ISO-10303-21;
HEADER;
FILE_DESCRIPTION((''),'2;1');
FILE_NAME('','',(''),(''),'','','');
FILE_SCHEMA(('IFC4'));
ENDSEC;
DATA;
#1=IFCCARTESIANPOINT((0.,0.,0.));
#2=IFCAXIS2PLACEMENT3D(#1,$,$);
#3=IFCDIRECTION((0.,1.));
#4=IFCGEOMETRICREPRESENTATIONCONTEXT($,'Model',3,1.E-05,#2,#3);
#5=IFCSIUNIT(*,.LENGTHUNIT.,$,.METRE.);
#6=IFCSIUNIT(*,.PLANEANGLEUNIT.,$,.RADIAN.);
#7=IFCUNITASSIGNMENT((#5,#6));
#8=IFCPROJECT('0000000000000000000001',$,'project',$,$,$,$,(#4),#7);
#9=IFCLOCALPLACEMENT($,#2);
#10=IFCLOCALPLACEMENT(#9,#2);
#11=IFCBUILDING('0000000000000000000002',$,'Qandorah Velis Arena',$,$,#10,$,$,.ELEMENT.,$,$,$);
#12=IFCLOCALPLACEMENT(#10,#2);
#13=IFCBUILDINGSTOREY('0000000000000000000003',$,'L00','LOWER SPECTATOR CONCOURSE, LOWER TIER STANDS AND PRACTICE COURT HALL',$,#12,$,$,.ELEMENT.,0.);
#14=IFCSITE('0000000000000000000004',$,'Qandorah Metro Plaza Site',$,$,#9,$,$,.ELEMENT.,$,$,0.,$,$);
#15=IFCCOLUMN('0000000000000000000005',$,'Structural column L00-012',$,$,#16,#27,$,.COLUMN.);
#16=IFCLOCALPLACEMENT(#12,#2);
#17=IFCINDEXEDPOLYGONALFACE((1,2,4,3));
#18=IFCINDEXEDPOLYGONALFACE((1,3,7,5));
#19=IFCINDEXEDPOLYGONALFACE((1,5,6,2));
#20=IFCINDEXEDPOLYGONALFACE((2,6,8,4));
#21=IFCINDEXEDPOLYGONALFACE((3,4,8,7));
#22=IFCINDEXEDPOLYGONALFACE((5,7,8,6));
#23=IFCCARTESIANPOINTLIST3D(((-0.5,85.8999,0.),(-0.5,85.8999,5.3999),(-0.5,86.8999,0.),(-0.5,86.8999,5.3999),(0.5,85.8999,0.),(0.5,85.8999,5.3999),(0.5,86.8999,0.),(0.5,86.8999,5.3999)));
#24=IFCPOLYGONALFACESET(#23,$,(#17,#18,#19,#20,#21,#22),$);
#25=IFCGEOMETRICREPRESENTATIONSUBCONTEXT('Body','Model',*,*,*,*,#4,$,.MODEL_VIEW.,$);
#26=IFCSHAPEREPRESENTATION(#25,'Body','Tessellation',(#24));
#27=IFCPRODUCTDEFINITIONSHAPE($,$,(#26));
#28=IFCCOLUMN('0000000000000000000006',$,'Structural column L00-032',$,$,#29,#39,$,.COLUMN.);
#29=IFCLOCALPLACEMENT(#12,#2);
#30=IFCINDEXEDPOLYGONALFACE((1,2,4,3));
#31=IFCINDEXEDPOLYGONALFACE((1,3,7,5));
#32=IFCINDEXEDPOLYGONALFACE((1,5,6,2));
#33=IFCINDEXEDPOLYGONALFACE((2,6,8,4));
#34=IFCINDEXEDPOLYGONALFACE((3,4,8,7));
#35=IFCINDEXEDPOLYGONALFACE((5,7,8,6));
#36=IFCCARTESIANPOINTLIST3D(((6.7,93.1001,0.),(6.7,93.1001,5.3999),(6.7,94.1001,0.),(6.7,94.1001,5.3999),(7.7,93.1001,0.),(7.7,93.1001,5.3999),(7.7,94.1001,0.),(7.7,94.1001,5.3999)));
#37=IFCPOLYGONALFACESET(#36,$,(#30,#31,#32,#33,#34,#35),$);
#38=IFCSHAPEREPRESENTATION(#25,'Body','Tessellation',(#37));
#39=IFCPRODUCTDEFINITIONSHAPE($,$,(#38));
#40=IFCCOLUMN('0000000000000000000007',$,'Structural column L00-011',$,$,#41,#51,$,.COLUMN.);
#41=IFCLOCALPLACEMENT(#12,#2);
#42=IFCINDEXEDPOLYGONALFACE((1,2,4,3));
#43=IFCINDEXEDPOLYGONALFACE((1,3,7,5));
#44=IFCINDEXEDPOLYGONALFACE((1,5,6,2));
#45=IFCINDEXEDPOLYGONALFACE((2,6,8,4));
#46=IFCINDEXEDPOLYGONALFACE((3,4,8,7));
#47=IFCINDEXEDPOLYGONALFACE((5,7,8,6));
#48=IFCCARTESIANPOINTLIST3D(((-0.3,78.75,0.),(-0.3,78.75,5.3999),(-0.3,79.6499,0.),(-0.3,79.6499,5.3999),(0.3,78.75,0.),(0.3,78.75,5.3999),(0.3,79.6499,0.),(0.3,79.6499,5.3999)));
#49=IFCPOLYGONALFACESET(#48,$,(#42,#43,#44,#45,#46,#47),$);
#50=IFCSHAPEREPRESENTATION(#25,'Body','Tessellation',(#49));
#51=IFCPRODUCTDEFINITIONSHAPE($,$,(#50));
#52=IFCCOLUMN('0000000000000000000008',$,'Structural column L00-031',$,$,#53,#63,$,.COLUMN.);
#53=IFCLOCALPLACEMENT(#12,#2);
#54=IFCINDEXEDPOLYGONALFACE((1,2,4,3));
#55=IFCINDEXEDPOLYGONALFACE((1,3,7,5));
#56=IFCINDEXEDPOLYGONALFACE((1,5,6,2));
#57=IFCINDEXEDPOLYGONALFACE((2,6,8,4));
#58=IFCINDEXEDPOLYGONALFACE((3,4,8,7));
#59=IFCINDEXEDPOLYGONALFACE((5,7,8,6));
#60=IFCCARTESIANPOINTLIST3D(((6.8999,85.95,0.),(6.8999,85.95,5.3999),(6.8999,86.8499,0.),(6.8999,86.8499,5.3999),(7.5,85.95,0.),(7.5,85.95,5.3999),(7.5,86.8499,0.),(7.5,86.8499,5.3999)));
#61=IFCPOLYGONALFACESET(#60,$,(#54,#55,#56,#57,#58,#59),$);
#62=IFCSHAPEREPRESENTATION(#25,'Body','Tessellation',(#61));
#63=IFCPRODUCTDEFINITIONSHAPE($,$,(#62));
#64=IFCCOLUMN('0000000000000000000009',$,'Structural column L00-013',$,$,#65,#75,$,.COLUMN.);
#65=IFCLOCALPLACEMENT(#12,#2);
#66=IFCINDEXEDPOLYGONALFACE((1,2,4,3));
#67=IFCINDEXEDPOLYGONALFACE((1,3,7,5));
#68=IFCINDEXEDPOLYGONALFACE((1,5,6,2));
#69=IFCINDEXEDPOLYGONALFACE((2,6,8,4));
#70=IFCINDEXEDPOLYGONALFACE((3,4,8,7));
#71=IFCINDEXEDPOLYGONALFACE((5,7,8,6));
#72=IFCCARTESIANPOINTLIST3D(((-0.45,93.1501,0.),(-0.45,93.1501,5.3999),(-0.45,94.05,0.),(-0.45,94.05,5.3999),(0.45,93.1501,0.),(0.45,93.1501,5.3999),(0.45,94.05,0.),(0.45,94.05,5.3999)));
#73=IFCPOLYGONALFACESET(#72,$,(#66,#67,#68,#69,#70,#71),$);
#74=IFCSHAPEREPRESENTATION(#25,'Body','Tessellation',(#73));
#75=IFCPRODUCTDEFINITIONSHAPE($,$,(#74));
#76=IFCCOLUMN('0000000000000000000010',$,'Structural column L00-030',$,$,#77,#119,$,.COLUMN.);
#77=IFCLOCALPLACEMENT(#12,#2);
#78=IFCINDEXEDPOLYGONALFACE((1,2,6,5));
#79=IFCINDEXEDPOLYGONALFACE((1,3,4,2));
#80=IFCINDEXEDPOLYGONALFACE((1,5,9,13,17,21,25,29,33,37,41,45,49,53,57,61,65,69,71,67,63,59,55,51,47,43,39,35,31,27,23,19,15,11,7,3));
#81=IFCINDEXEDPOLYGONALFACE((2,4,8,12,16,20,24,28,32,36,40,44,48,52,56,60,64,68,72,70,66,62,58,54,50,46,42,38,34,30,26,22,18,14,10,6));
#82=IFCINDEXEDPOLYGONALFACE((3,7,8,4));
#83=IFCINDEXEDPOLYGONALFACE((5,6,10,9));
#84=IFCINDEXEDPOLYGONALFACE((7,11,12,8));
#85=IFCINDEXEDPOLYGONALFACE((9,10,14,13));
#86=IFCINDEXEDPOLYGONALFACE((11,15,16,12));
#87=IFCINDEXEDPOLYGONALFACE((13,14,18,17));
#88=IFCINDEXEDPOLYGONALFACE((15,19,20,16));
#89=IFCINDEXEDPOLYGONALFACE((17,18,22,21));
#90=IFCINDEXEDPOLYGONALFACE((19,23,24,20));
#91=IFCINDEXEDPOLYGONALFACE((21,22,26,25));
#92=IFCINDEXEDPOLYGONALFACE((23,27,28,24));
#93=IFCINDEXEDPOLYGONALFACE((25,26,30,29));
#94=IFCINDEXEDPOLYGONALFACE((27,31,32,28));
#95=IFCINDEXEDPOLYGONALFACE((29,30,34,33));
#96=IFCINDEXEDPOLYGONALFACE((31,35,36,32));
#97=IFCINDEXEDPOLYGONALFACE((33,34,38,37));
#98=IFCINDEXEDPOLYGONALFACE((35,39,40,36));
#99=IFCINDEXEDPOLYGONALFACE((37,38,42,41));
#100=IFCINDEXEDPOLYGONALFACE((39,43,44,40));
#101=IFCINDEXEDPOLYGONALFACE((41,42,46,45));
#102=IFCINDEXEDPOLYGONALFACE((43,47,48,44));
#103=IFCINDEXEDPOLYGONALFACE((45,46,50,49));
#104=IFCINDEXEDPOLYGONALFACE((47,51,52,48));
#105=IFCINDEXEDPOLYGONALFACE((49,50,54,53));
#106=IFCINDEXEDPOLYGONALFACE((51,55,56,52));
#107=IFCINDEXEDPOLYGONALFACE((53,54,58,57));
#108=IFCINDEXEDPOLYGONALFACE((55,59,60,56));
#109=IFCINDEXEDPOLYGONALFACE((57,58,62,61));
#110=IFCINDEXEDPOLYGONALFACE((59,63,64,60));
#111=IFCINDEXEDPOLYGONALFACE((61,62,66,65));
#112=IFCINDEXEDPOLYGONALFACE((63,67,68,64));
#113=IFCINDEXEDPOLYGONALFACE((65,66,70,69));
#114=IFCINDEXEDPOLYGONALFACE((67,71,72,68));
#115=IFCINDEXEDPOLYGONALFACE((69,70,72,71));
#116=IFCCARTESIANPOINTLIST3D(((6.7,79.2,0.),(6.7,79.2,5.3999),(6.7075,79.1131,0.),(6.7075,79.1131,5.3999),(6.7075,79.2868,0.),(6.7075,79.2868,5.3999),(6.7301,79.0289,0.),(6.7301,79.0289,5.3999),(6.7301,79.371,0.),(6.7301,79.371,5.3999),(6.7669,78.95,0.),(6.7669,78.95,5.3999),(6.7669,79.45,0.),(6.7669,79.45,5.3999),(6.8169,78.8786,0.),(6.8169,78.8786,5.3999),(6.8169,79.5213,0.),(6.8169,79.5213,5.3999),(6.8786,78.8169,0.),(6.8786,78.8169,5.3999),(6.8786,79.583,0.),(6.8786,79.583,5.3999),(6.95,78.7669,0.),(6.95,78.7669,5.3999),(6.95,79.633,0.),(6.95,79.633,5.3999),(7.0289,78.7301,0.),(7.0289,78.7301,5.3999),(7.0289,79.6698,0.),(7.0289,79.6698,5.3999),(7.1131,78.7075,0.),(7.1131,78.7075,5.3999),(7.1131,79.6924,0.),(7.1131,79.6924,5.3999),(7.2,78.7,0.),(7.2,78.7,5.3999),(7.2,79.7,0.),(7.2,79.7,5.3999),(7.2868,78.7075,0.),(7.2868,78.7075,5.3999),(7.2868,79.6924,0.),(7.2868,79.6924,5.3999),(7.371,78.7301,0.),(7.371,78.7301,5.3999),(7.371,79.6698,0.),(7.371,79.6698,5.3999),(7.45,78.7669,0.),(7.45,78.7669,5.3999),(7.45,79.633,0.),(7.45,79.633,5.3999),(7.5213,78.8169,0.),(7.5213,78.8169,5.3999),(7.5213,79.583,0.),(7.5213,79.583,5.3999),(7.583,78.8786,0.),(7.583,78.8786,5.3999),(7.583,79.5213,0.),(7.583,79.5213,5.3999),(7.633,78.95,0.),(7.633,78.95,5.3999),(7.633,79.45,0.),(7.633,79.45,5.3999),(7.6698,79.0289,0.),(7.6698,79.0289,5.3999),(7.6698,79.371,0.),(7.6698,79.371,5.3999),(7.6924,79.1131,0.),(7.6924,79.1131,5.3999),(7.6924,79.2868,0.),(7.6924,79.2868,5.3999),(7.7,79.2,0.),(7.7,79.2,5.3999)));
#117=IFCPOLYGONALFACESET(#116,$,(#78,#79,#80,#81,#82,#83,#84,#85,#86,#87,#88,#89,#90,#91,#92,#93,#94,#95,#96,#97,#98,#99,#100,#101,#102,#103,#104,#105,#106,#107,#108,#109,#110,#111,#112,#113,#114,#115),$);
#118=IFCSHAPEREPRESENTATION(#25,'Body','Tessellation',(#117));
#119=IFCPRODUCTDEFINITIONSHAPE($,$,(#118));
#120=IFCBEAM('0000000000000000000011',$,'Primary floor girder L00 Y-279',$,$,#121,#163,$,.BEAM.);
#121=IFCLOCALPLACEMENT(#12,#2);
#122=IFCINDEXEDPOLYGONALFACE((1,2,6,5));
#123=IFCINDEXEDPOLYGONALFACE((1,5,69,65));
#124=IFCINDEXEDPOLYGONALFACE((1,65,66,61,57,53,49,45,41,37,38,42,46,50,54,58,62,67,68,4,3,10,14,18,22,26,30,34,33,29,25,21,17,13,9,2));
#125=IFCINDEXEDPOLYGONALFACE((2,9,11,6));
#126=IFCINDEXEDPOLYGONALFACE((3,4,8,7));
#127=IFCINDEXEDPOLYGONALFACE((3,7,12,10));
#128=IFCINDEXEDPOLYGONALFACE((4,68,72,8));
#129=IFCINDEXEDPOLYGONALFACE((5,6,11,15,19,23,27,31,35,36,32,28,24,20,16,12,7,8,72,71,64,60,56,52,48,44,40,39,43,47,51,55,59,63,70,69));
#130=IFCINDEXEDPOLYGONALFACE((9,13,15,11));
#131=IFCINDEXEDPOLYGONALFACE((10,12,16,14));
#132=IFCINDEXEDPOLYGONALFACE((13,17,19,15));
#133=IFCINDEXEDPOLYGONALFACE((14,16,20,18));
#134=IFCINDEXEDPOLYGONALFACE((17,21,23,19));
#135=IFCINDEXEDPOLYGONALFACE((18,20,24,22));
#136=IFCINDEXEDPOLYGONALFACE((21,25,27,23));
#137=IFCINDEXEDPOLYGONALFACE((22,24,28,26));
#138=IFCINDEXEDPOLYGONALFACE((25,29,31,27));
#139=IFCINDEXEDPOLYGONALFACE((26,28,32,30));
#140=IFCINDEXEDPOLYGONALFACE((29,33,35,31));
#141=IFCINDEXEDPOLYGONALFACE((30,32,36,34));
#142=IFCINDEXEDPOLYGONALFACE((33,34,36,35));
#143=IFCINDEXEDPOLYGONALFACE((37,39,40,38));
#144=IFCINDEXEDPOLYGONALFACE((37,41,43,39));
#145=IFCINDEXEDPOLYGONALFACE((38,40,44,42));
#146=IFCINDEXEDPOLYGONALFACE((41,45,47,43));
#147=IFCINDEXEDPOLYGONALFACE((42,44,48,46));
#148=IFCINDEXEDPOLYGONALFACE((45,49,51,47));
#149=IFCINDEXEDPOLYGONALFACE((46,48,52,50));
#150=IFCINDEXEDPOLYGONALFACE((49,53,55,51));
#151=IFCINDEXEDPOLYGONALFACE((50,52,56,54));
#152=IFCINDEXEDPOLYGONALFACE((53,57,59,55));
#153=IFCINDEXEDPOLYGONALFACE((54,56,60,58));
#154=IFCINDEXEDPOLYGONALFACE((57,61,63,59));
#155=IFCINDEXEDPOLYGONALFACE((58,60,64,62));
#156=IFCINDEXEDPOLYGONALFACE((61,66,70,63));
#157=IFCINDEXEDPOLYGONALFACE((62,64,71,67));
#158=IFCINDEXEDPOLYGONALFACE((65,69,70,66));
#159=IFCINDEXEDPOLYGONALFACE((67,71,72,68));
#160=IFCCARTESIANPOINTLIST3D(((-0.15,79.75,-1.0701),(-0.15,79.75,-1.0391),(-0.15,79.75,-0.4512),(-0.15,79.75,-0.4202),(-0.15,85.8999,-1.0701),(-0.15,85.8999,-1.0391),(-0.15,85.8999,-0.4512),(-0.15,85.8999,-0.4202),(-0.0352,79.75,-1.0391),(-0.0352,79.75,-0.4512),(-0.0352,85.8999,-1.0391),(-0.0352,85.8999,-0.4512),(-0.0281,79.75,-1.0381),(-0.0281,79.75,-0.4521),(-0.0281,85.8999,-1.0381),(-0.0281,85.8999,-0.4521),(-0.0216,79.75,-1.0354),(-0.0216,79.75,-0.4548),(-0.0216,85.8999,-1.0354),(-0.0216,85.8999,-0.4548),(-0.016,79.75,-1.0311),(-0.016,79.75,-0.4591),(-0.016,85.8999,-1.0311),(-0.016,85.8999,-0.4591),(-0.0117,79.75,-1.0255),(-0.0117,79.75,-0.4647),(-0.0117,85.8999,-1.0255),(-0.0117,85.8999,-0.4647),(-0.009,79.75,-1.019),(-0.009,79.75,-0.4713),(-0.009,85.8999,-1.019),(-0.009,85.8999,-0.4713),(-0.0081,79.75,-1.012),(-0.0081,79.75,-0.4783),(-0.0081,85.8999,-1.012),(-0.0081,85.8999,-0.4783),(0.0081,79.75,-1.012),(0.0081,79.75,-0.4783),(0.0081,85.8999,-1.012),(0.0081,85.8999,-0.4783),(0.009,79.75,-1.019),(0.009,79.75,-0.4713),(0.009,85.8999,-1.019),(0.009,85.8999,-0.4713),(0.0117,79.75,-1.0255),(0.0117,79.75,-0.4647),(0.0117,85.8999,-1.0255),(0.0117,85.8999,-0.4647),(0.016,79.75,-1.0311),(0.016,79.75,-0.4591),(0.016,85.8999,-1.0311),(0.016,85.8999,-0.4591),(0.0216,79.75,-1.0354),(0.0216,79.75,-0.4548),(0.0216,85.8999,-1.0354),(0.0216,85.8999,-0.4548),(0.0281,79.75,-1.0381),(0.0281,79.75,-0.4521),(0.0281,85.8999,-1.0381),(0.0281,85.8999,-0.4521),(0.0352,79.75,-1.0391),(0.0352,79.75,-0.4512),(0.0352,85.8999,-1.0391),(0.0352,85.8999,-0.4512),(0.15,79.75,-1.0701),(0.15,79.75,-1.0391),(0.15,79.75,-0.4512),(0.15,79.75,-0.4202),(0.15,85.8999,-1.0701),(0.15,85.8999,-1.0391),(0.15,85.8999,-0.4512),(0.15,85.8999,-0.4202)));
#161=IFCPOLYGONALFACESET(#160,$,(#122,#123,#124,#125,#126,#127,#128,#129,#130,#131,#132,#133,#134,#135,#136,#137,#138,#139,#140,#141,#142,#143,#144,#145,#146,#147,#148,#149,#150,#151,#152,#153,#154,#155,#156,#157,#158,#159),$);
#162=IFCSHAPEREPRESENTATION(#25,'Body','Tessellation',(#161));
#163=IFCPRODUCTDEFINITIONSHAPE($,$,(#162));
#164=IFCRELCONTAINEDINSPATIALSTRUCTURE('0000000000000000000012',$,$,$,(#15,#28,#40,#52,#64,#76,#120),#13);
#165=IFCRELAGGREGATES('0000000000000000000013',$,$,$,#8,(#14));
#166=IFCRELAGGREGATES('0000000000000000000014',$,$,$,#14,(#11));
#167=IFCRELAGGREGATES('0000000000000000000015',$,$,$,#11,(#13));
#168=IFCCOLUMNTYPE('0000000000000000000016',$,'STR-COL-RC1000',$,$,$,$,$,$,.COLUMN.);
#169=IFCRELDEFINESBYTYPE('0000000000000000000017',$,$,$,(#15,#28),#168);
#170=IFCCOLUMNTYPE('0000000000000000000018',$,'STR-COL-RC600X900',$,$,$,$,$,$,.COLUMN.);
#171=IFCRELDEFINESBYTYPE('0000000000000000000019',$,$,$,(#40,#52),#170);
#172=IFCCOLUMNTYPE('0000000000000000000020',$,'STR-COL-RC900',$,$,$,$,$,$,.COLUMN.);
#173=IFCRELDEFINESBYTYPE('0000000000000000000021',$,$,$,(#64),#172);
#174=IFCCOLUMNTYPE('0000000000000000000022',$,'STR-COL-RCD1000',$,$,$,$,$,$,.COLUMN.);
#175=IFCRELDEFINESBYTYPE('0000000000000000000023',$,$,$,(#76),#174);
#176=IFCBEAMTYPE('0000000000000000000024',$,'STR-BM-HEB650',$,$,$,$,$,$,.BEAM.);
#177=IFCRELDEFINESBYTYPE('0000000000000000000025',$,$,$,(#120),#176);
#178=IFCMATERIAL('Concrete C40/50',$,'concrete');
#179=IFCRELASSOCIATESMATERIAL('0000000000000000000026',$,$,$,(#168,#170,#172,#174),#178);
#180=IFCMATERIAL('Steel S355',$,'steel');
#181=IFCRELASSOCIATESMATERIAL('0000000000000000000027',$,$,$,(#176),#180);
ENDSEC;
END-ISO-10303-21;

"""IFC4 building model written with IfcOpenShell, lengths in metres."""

from ifc_helpers import new_model, si_unit, direction, frame, origin, origin_2d, place, context, subcontext, project, spatial, rectangle, circle, i_section, extrude, material, material_profile, profile_set, type_object, element, save


model = new_model("IFC4")

# Units and contexts
model_context = context("Model", 3, precision=1e-05, world=origin(), true_north=direction((0.0, 1.0)))
body_context = subcontext(model_context, "Body", "Model", "MODEL_VIEW")
ifc_project = project(units=[si_unit("LENGTHUNIT", "METRE"), si_unit("PLANEANGLEUNIT", "RADIAN")], contexts=[model_context])

# Site, building, storey
site_placement = place(None, origin())
site = spatial("IfcSite", under=ifc_project, at=site_placement, Name="Qandorah Metro Plaza Site", CompositionType="ELEMENT", RefElevation=0.0)
building_placement = place(site_placement, origin())
building = spatial("IfcBuilding", under=site, at=building_placement, Name="Qandorah Velis Arena", CompositionType="ELEMENT")
storey_placement = place(building_placement, origin())
storey = spatial("IfcBuildingStorey", under=building, at=storey_placement, Name="L00", Description="LOWER SPECTATOR CONCOURSE, LOWER TIER STANDS AND PRACTICE COURT HALL", CompositionType="ELEMENT", Elevation=0.0)

# Columns
ifc_material_1 = material(Name="Concrete C40/50", Category="concrete")
ifc_material_profile_1 = material_profile(ifc_material_1, rectangle(XDim=1.0, YDim=1.0, at=origin_2d()), Name="RC COL 1000x1000")
ifc_profile_set_1 = profile_set([ifc_material_profile_1], Name="Concrete C40/50")
column_type_1 = type_object("IfcColumnType", Name="STR-COL-RC1000", PredefinedType="COLUMN", material=ifc_profile_set_1)
for number, where, z_axis, x_axis, name in (
    (1, (0.0, 86.3999, 0.0), (0.0, 0.0, 1.0), (1.0, 0.0, 0.0), "Structural column L00-012"),
    (2, (7.2, 93.6001, 0.0), (0.0, 0.0, 1.0), (1.0, 0.0, 0.0), "Structural column L00-032"),
):
    element("IfcColumn", number, at=place(storey_placement, frame(where, z_axis=z_axis, x_axis=x_axis)), inside=storey, type_object=column_type_1, Name=name, PredefinedType="COLUMN", context=body_context, shape_type="SweptSolid", body=[
        extrude(rectangle(XDim=1.0, YDim=1.0, at=origin_2d()), origin(), (0.0, 0.0, 1.0), 5.3999),
    ])
ifc_material_profile_2 = material_profile(ifc_material_1, rectangle(XDim=0.6001, YDim=0.8999, at=origin_2d()), Name="RC COL 600x900")
ifc_profile_set_2 = profile_set([ifc_material_profile_2], Name="Concrete C40/50")
column_type_2 = type_object("IfcColumnType", Name="STR-COL-RC600X900", PredefinedType="COLUMN", material=ifc_profile_set_2)
for number, where, z_axis, x_axis, name in (
    (3, (0.0, 79.2, 0.0), (0.0, 0.0, 1.0), (1.0, 0.0, 0.0), "Structural column L00-011"),
    (4, (7.2, 86.3999, 0.0), (0.0, 0.0, 1.0), (1.0, 0.0, 0.0), "Structural column L00-031"),
):
    element("IfcColumn", number, at=place(storey_placement, frame(where, z_axis=z_axis, x_axis=x_axis)), inside=storey, type_object=column_type_2, Name=name, PredefinedType="COLUMN", context=body_context, shape_type="SweptSolid", body=[
        extrude(rectangle(XDim=0.6001, YDim=0.8999, at=origin_2d()), origin(), (0.0, 0.0, 1.0), 5.3999),
    ])
ifc_material_profile_3 = material_profile(ifc_material_1, rectangle(XDim=0.8999, YDim=0.8999, at=origin_2d()), Name="RC COL 900x900")
ifc_profile_set_3 = profile_set([ifc_material_profile_3], Name="Concrete C40/50")
column_type_3 = type_object("IfcColumnType", Name="STR-COL-RC900", PredefinedType="COLUMN", material=ifc_profile_set_3)
column_1_placement = place(storey_placement, frame((0.0, 93.6001, 0.0), z_axis=(0.0, 0.0, 1.0), x_axis=(1.0, 0.0, 0.0)))
element("IfcColumn", 5, at=column_1_placement, inside=storey, type_object=column_type_3, Name="Structural column L00-013", PredefinedType="COLUMN", context=body_context, shape_type="SweptSolid", body=[
    extrude(rectangle(XDim=0.8999, YDim=0.8999, at=origin_2d()), origin(), (0.0, 0.0, 1.0), 5.3999),
])
ifc_material_profile_4 = material_profile(ifc_material_1, circle(Radius=0.5, at=origin_2d()), Name="RC D1000")
ifc_profile_set_4 = profile_set([ifc_material_profile_4], Name="Concrete C40/50")
column_type_4 = type_object("IfcColumnType", Name="STR-COL-RCD1000", PredefinedType="COLUMN", material=ifc_profile_set_4)
column_2_placement = place(storey_placement, frame((7.2, 79.2, 0.0), z_axis=(0.0, 0.0, 1.0), x_axis=(1.0, 0.0, 0.0)))
element("IfcColumn", 6, at=column_2_placement, inside=storey, type_object=column_type_4, Name="Structural column L00-030", PredefinedType="COLUMN", context=body_context, shape_type="SweptSolid", body=[
    extrude(circle(Radius=0.5, at=origin_2d()), origin(), (0.0, 0.0, 1.0), 5.3999),
])

# Beam
ifc_material_2 = material(Name="Steel S355", Category="steel")
ifc_material_profile_5 = material_profile(ifc_material_2, i_section(OverallWidth=0.3, OverallDepth=0.6499, WebThickness=0.0161, FlangeThickness=0.031, FilletRadius=0.0271, at=origin_2d()), Name="HEB 650")
ifc_profile_set_5 = profile_set([ifc_material_profile_5], Name="Steel S355")
beam_type_1 = type_object("IfcBeamType", Name="STR-BM-HEB650", PredefinedType="BEAM", material=ifc_profile_set_5)
beam_1_placement = place(storey_placement, frame((0.0, 79.75, -0.7451), z_axis=(0.0, 1.0, 0.0), x_axis=(-1.0, 0.0, 0.0)))
element("IfcBeam", 7, at=beam_1_placement, inside=storey, type_object=beam_type_1, Name="Primary floor girder L00 Y-279", PredefinedType="BEAM", context=body_context, shape_type="SweptSolid", body=[
    extrude(i_section(OverallWidth=0.3, OverallDepth=0.6499, WebThickness=0.0161, FlangeThickness=0.031, FilletRadius=0.0271, at=origin_2d()), origin(), (0.0, 0.0, 1.0), 6.1499),
])

save(model, "model.ifc")
